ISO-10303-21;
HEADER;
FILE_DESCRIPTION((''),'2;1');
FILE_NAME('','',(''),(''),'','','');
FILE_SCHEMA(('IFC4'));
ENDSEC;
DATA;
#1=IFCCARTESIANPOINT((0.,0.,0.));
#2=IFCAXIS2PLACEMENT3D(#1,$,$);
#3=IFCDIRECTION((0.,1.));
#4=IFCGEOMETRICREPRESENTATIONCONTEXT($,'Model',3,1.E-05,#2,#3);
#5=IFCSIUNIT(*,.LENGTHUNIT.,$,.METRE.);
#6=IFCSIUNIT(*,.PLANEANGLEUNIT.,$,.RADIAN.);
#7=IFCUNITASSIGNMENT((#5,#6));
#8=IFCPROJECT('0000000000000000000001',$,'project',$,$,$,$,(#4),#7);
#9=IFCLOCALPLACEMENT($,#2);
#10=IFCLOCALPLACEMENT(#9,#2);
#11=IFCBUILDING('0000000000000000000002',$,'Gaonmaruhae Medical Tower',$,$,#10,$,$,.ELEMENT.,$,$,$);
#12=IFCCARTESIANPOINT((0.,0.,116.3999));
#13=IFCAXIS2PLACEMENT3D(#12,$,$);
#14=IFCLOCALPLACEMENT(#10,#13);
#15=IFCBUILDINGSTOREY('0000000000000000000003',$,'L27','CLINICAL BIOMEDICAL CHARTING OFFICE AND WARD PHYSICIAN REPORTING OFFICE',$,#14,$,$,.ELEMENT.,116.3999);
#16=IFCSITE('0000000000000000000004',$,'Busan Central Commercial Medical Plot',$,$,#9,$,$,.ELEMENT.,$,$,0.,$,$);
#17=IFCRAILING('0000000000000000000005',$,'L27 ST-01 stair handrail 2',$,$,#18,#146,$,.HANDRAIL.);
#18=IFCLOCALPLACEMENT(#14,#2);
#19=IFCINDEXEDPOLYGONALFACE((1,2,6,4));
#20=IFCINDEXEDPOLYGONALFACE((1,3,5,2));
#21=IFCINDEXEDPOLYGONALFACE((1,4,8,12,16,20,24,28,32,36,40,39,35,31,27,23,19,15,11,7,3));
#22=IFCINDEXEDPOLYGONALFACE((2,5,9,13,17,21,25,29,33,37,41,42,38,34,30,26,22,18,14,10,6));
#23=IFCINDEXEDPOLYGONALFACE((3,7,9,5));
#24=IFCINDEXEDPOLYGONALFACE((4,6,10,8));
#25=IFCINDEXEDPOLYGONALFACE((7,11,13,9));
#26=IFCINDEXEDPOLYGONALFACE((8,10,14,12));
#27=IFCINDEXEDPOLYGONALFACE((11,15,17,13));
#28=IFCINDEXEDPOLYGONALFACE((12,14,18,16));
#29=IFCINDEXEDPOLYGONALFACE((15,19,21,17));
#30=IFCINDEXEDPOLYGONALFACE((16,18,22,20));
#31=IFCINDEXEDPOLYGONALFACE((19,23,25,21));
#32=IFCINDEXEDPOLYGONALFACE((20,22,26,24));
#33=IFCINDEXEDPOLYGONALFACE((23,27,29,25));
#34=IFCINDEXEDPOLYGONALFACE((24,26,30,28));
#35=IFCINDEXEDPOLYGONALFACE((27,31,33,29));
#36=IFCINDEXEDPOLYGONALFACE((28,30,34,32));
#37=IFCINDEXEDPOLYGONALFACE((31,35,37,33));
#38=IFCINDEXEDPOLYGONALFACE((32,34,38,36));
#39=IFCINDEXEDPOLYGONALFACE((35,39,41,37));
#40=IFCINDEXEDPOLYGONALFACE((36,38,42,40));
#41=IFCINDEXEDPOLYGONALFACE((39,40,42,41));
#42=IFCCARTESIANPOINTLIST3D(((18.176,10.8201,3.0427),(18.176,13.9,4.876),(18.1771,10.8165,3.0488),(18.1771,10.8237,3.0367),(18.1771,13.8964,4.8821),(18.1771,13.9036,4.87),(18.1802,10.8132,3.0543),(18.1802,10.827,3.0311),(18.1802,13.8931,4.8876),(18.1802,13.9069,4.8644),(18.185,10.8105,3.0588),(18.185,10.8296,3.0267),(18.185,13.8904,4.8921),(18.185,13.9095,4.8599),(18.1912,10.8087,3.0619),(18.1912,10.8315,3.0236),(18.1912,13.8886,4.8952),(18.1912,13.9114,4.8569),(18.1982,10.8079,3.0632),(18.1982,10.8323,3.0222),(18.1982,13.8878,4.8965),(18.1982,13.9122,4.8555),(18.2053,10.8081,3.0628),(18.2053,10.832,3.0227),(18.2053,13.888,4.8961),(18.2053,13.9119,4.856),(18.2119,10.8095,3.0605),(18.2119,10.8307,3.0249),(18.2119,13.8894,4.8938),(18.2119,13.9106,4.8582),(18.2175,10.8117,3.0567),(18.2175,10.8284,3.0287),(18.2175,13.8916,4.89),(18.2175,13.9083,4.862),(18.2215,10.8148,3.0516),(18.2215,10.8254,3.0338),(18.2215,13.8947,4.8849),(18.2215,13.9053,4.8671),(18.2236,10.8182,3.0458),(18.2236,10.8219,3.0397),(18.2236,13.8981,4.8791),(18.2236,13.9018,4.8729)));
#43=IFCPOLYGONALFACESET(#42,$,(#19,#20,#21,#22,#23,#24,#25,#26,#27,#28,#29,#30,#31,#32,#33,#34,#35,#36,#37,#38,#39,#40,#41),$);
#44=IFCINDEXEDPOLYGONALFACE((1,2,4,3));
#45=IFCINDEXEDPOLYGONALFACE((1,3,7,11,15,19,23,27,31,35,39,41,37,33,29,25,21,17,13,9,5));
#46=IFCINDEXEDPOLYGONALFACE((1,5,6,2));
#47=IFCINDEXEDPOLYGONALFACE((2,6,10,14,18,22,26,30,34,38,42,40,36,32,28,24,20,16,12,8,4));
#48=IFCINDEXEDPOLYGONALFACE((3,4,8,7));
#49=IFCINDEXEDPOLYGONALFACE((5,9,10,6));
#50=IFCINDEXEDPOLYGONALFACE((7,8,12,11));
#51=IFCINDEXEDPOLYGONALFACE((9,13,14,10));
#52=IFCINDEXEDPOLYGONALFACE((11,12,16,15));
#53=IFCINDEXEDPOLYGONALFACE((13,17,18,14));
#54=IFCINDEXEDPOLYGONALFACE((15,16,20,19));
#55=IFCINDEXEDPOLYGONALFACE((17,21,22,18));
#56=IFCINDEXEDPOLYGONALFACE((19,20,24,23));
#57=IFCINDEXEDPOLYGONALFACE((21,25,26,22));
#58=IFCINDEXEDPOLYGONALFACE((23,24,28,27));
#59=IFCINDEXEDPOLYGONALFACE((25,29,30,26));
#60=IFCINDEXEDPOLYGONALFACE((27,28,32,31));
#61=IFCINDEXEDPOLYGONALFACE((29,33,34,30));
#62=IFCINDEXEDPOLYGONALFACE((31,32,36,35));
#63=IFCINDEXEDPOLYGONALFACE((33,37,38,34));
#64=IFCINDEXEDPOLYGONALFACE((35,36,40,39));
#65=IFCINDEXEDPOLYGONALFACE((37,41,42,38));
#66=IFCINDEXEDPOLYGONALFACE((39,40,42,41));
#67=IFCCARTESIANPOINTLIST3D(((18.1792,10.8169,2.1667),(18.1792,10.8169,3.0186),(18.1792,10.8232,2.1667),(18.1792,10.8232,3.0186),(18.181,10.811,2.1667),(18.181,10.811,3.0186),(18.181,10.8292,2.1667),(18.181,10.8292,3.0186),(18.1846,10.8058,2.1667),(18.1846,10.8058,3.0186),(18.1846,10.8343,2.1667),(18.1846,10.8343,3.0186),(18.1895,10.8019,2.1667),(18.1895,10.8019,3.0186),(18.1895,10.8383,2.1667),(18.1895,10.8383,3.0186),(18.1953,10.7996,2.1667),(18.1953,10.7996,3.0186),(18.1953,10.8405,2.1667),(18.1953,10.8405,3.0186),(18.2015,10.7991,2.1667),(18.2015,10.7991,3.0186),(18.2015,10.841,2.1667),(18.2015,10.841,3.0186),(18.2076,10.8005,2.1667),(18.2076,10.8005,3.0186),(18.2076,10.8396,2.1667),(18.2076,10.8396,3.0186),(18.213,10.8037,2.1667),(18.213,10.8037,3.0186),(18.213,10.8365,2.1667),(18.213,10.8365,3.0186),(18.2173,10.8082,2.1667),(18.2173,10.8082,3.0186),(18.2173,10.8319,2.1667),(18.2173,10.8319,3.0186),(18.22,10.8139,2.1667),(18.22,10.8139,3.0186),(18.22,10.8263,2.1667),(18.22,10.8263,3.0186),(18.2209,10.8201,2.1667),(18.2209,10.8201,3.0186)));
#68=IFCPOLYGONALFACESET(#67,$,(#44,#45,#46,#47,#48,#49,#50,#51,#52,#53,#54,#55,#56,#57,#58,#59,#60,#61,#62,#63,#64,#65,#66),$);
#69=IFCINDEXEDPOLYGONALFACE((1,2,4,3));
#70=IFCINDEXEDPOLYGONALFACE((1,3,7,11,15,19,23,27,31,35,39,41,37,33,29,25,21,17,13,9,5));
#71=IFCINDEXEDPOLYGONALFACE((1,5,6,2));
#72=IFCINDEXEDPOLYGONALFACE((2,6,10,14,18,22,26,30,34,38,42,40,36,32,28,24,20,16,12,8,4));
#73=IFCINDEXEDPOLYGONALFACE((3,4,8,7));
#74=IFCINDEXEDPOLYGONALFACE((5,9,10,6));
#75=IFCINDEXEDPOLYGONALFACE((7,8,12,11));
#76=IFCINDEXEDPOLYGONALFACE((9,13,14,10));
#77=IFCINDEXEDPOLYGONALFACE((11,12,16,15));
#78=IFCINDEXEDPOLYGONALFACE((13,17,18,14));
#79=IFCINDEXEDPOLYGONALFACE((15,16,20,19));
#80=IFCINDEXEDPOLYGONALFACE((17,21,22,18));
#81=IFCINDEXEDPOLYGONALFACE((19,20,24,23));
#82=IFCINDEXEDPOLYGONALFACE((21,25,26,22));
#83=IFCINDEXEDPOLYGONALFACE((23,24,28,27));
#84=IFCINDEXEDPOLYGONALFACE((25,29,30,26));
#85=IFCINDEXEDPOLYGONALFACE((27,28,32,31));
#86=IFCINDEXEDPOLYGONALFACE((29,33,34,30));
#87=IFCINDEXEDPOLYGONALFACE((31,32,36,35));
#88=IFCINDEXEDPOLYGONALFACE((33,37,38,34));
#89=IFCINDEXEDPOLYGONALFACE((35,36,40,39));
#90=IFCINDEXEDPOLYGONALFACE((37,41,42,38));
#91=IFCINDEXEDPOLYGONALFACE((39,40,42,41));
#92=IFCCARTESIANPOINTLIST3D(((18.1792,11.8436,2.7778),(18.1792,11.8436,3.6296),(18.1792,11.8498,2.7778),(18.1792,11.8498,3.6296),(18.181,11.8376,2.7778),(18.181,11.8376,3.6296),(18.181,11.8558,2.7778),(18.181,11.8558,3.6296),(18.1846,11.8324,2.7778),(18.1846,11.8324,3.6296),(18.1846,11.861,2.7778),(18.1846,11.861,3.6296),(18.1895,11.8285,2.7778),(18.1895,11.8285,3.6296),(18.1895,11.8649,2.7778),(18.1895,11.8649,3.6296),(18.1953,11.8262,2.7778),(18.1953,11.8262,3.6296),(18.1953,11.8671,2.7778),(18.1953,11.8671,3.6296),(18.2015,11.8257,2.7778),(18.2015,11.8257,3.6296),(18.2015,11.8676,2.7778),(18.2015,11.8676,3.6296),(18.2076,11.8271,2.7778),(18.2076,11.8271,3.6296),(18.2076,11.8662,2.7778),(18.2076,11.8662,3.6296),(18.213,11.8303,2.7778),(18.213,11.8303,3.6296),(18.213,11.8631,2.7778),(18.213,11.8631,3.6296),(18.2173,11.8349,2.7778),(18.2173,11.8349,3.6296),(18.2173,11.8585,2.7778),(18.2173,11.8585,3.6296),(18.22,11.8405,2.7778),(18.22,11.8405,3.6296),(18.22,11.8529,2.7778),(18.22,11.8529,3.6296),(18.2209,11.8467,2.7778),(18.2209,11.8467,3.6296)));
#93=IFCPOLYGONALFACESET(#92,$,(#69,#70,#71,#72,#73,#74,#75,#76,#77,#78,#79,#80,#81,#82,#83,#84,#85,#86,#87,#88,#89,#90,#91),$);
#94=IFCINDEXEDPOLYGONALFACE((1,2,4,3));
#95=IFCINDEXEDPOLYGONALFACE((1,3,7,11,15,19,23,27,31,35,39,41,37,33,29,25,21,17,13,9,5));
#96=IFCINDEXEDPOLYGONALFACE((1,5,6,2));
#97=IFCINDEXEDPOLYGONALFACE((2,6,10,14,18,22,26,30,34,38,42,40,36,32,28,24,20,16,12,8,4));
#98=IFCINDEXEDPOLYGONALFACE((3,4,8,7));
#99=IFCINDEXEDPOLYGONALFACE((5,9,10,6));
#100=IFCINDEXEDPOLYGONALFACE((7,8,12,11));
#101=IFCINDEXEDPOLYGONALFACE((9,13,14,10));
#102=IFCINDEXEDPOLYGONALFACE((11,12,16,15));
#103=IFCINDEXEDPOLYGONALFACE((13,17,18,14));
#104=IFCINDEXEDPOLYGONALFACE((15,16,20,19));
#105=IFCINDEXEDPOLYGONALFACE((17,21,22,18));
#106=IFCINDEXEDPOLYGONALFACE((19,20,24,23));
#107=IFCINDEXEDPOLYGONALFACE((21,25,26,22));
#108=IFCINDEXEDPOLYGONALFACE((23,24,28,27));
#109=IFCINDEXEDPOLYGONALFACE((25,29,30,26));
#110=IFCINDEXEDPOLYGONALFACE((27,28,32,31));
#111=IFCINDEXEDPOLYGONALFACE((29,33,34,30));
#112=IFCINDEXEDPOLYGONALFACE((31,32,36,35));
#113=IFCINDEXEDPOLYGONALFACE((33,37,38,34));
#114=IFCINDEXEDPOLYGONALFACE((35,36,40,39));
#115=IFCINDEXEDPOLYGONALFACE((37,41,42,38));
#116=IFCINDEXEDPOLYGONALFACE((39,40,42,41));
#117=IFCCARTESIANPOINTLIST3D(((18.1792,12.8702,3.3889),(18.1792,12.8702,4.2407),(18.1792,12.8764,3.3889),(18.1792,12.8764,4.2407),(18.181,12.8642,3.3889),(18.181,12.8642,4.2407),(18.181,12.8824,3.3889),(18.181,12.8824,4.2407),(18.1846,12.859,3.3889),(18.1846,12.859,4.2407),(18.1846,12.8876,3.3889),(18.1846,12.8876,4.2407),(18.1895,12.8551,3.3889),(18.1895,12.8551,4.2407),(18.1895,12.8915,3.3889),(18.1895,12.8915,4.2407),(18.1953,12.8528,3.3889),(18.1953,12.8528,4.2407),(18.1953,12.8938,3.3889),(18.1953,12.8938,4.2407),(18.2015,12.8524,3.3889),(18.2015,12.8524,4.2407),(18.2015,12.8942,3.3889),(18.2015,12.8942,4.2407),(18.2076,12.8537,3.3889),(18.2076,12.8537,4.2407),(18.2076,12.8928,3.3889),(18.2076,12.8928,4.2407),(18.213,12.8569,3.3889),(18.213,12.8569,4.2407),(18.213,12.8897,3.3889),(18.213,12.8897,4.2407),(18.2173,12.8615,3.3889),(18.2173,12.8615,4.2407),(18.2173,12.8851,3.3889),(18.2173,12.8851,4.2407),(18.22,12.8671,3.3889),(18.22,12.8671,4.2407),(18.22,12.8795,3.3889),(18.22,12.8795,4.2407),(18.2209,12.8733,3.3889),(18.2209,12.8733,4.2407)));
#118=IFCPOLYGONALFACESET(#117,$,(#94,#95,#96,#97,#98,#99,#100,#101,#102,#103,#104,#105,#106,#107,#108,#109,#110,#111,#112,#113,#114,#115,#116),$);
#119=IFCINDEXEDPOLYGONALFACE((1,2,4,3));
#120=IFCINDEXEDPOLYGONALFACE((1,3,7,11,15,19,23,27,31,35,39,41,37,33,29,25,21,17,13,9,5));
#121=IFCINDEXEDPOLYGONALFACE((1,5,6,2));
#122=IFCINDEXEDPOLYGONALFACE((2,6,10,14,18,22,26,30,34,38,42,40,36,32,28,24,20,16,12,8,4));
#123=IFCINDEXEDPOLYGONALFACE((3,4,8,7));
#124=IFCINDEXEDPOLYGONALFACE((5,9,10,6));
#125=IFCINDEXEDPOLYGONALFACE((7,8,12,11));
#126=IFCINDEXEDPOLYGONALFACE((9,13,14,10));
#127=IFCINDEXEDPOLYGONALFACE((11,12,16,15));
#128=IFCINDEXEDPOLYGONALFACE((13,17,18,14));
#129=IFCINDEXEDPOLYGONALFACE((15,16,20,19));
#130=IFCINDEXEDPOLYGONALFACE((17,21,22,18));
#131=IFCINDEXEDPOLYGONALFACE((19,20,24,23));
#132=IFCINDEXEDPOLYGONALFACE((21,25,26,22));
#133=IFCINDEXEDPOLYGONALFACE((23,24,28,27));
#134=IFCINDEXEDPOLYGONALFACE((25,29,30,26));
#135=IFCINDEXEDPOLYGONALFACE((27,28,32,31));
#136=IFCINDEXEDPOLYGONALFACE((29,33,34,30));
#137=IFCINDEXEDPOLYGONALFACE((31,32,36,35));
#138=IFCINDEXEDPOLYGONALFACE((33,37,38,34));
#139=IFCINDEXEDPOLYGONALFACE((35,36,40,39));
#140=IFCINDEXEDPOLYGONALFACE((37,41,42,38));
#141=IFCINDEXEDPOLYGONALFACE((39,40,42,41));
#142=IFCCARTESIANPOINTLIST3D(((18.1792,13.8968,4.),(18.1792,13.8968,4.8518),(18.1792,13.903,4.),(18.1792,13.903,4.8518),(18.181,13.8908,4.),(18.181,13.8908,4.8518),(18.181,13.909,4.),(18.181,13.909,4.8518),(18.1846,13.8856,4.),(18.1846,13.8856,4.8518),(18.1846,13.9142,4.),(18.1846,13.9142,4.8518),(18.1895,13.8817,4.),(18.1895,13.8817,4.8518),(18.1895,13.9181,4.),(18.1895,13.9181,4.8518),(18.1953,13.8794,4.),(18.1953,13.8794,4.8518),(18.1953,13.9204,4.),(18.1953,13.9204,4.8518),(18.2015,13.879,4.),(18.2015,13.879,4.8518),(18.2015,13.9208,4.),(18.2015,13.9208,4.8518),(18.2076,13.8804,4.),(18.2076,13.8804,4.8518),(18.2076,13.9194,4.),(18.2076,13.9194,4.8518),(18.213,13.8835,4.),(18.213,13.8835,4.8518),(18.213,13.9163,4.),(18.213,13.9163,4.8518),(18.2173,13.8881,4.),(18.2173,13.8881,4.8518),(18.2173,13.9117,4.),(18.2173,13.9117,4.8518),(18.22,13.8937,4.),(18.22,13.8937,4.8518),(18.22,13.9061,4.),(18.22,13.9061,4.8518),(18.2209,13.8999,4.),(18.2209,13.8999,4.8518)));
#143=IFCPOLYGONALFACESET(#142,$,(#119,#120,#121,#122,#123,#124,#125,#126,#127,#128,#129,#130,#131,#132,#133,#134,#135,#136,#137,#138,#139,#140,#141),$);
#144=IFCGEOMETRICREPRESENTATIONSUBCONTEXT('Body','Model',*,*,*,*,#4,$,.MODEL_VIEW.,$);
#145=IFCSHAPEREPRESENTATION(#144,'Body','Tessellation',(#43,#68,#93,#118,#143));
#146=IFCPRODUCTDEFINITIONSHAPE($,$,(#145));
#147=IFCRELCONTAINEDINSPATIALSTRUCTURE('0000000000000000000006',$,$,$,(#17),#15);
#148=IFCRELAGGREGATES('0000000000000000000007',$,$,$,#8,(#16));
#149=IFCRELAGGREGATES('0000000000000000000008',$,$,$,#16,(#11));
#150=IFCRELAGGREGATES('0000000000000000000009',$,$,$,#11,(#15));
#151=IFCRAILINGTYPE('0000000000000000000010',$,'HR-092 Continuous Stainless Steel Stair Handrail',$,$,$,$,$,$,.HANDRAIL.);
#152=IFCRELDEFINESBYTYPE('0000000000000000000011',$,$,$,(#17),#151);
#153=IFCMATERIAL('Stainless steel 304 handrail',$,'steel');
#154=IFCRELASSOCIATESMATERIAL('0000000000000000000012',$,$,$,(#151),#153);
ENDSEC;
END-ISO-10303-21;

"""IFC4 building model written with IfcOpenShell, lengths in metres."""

from ifc_helpers import new_model, si_unit, direction, frame, origin, origin_2d, place, context, subcontext, project, spatial, circle, extrude, material, type_object, element, save


model = new_model("IFC4")

# Units and contexts
model_context = context("Model", 3, precision=1e-05, world=origin(), true_north=direction((0.0, 1.0)))
body_context = subcontext(model_context, "Body", "Model", "MODEL_VIEW")
ifc_project = project(units=[si_unit("LENGTHUNIT", "METRE"), si_unit("PLANEANGLEUNIT", "RADIAN")], contexts=[model_context])

# Site, building, storey
site_placement = place(None, origin())
site = spatial("IfcSite", under=ifc_project, at=site_placement, Name="Busan Central Commercial Medical Plot", CompositionType="ELEMENT", RefElevation=0.0)
building_placement = place(site_placement, origin())
building = spatial("IfcBuilding", under=site, at=building_placement, Name="Gaonmaruhae Medical Tower", CompositionType="ELEMENT")
storey_placement = place(building_placement, frame((0.0, 0.0, 116.3999)))
storey = spatial("IfcBuildingStorey", under=building, at=storey_placement, Name="L27", Description="CLINICAL BIOMEDICAL CHARTING OFFICE AND WARD PHYSICIAN REPORTING OFFICE", CompositionType="ELEMENT", Elevation=116.3999)

# Railing
ifc_material_1 = material(Name="Stainless steel 304 handrail", Category="steel")
railing_type_1 = type_object("IfcRailingType", Name="HR-092 Continuous Stainless Steel Stair Handrail", PredefinedType="HANDRAIL", material=ifc_material_1)
railing_1_placement = place(storey_placement, frame((18.2, 10.8201, 2.1667)))
element("IfcRailing", 1, at=railing_1_placement, inside=storey, type_object=railing_type_1, Name="L27 ST-01 stair handrail 2", PredefinedType="HANDRAIL", context=body_context, shape_type="SweptSolid", body=[
    extrude(circle(Radius=0.0239, at=origin_2d()), frame((0.0, 0.0, 0.876), z_axis=(0.0, 0.859291, 0.511487), x_axis=(-1.0, 0.0, 0.0)), (0.0, 0.0, 1.0), 3.5842),
    extrude(circle(Radius=0.021, at=origin_2d()), origin(), (0.0, 0.0, 1.0), 0.8518),
    extrude(circle(Radius=0.021, at=origin_2d()), frame((0.0, 1.0266, 0.6111)), (0.0, 0.0, 1.0), 0.8518),
    extrude(circle(Radius=0.021, at=origin_2d()), frame((0.0, 2.0532, 1.2222)), (0.0, 0.0, 1.0), 0.8518),
    extrude(circle(Radius=0.021, at=origin_2d()), frame((0.0, 3.0798, 1.8333)), (0.0, 0.0, 1.0), 0.8518),
])

save(model, "model.ifc")
